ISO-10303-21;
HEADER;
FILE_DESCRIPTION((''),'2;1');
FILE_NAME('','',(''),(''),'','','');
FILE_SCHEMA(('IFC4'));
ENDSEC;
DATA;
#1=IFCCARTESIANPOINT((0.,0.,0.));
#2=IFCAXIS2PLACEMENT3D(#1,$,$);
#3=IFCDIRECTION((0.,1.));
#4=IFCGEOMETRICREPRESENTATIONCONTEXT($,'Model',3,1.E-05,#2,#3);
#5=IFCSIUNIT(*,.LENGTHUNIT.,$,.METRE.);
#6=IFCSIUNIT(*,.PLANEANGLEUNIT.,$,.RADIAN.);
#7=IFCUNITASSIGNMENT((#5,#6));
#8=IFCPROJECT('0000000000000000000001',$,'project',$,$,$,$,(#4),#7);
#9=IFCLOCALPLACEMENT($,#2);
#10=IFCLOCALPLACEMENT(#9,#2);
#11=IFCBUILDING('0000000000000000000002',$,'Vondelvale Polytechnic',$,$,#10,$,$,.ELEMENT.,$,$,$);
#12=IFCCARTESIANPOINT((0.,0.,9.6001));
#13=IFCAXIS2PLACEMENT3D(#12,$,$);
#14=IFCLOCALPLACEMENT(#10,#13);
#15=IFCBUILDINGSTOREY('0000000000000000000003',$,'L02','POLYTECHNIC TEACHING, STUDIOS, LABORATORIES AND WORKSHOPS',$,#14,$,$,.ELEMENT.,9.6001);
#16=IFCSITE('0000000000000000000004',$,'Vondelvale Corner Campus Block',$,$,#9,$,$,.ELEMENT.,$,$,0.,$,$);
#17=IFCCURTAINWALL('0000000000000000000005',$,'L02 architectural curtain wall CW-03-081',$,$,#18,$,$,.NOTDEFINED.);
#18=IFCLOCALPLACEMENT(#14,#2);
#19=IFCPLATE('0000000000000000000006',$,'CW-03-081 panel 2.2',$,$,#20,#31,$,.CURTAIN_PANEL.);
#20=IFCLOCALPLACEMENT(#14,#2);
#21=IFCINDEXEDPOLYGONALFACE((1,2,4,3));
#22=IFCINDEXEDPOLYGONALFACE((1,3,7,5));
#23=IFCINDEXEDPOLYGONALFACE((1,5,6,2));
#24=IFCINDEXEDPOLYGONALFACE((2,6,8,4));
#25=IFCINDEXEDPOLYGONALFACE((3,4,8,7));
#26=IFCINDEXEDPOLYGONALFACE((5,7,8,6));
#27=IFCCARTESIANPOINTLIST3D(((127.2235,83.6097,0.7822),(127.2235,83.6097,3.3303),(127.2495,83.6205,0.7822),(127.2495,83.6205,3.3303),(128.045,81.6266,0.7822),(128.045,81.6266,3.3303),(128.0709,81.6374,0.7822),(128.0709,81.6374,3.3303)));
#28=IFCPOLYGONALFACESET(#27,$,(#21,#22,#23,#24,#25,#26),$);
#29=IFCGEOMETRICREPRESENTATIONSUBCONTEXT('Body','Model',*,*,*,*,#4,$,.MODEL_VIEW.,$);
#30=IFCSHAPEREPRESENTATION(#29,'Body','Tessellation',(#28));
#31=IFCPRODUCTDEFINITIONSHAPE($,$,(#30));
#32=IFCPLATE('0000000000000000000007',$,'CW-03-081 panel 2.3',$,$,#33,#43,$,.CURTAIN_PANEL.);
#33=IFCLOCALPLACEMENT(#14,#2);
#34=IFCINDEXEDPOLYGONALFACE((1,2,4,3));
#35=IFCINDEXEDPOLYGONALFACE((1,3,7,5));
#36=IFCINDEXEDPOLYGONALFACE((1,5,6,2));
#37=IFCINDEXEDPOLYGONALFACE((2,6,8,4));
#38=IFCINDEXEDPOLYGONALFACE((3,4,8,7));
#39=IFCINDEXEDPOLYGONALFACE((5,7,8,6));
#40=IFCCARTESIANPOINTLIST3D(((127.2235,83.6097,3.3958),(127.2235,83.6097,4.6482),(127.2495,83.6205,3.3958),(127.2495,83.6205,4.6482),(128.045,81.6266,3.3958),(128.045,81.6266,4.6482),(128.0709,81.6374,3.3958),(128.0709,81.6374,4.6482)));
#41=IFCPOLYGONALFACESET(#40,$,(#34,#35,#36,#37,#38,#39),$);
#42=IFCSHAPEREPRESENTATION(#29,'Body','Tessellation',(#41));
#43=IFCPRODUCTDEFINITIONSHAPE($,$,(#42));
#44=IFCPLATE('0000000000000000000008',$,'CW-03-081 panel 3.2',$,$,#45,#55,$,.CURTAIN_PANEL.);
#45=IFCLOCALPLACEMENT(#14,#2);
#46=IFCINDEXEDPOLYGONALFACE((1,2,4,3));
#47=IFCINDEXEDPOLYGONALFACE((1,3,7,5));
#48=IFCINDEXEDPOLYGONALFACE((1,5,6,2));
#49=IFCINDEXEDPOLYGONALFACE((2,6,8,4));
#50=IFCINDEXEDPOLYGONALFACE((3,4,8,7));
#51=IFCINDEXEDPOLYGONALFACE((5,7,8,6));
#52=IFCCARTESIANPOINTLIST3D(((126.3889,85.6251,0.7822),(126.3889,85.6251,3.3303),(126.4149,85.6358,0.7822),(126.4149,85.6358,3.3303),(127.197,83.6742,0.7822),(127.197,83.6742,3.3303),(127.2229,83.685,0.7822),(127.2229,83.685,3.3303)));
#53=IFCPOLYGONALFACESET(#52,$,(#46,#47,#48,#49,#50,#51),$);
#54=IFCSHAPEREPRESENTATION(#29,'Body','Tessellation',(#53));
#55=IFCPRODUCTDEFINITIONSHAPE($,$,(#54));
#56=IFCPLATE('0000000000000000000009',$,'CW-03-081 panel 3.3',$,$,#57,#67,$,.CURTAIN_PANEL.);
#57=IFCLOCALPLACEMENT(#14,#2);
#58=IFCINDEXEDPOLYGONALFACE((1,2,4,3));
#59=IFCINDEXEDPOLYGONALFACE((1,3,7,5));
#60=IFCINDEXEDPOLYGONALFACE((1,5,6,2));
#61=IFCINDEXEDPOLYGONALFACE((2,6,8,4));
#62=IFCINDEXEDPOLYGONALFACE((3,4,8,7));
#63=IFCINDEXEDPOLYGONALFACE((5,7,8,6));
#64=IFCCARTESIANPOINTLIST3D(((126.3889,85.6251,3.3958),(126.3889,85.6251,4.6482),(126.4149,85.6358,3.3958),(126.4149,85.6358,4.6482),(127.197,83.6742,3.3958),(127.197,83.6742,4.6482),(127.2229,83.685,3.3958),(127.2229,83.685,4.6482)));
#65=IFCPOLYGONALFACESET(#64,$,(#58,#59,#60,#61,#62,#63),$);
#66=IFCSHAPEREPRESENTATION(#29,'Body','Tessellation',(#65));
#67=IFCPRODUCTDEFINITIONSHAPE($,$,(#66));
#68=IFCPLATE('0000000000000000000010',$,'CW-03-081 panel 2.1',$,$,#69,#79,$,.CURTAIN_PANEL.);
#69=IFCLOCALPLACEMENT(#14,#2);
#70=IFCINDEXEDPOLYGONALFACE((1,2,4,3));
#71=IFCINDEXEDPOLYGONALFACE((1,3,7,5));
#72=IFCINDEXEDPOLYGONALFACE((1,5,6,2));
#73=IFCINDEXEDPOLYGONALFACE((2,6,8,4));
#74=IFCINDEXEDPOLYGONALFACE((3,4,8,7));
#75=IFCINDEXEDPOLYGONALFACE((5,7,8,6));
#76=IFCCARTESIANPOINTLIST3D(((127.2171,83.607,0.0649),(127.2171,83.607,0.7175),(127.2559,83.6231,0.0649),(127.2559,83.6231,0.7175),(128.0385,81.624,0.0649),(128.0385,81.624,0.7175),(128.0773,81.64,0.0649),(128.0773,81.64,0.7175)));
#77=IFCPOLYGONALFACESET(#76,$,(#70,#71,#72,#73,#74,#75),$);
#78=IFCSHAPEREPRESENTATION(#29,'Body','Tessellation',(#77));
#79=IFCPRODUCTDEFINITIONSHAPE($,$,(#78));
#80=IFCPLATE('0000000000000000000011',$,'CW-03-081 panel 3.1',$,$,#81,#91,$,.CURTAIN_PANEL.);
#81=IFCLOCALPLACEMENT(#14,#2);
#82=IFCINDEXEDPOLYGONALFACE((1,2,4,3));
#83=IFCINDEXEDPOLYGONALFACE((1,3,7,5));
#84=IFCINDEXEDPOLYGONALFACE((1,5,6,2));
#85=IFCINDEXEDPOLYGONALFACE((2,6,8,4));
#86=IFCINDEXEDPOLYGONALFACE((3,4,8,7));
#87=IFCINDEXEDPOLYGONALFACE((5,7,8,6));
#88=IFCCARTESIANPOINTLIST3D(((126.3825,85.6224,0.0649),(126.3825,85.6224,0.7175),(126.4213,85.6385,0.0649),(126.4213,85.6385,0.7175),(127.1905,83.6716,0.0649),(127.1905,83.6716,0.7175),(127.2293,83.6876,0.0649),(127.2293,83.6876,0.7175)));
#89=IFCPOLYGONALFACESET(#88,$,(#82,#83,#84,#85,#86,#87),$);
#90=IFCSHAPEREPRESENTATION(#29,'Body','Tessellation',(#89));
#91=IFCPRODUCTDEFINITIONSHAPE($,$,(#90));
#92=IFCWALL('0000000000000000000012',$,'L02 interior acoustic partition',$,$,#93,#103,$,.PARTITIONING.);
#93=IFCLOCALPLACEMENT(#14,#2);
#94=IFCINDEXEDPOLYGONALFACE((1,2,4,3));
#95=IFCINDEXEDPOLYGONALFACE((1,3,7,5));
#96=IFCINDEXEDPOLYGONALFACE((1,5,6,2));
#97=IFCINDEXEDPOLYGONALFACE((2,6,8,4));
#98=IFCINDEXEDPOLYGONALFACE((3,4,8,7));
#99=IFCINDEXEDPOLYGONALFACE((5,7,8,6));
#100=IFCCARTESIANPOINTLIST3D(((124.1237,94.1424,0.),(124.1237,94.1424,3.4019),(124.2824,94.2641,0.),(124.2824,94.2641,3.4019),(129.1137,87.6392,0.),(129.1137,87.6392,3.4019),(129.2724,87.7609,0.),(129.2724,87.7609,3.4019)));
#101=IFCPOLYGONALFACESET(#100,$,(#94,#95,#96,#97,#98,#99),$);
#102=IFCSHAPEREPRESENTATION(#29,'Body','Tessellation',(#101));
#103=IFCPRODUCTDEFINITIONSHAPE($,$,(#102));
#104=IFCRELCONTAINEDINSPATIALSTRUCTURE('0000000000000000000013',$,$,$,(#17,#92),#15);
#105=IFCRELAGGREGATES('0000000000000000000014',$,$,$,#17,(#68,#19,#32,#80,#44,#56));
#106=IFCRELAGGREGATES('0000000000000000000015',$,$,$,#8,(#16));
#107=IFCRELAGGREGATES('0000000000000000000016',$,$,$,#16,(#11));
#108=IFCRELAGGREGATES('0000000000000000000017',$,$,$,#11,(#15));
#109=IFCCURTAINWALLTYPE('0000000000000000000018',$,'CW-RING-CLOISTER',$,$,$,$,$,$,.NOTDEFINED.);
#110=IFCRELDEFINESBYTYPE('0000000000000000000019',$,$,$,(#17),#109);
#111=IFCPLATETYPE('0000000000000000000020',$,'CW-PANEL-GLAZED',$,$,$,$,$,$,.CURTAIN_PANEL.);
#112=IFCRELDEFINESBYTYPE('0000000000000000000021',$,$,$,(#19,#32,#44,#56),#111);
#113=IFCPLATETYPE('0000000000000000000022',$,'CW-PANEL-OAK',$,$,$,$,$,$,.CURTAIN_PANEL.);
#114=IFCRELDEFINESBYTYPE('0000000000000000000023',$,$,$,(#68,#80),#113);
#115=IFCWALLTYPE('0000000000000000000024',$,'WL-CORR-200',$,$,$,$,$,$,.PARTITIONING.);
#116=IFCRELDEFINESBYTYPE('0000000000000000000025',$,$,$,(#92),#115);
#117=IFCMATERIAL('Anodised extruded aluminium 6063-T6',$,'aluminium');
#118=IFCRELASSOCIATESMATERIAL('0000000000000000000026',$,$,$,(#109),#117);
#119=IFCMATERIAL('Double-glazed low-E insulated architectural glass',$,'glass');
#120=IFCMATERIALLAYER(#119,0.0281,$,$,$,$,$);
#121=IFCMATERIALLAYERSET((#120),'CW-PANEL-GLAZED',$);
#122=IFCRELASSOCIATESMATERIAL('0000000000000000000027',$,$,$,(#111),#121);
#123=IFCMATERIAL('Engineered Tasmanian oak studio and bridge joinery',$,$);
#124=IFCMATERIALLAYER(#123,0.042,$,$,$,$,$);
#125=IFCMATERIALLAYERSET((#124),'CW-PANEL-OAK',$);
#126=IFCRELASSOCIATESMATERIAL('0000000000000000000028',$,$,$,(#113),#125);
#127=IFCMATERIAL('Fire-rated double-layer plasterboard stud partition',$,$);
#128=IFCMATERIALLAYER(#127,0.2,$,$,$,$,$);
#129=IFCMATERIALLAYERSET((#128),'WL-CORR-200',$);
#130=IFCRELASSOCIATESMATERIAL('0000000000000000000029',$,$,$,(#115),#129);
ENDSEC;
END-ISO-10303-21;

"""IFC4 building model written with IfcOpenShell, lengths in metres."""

from ifc_helpers import new_model, si_unit, direction, frame, frame_2d, origin, origin_2d, place, context, subcontext, project, spatial, rectangle, extrude, material, layer, layer_set, type_object, element, aggregate, save


model = new_model("IFC4")

# Units and contexts
model_context = context("Model", 3, precision=1e-05, world=origin(), true_north=direction((0.0, 1.0)))
body_context = subcontext(model_context, "Body", "Model", "MODEL_VIEW")
ifc_project = project(units=[si_unit("LENGTHUNIT", "METRE"), si_unit("PLANEANGLEUNIT", "RADIAN")], contexts=[model_context])

# Site, building, storey
site_placement = place(None, origin())
site = spatial("IfcSite", under=ifc_project, at=site_placement, Name="Vondelvale Corner Campus Block", CompositionType="ELEMENT", RefElevation=0.0)
building_placement = place(site_placement, origin())
building = spatial("IfcBuilding", under=site, at=building_placement, Name="Vondelvale Polytechnic", CompositionType="ELEMENT")
storey_placement = place(building_placement, frame((0.0, 0.0, 9.6001)))
storey = spatial("IfcBuildingStorey", under=building, at=storey_placement, Name="L02", Description="POLYTECHNIC TEACHING, STUDIOS, LABORATORIES AND WORKSHOPS", CompositionType="ELEMENT", Elevation=9.6001)

# Curtain wall
ifc_material_1 = material(Name="Anodised extruded aluminium 6063-T6", Category="aluminium")
curtain_wall_type = type_object("IfcCurtainWallType", Name="CW-RING-CLOISTER", PredefinedType="NOTDEFINED", material=ifc_material_1)
curtain_wall_placement = place(storey_placement, origin())
curtain_wall = element("IfcCurtainWall", 1, at=curtain_wall_placement, inside=storey, type_object=curtain_wall_type, Name="L02 architectural curtain wall CW-03-081", PredefinedType="NOTDEFINED")

# Plates
ifc_material_2 = material(Name="Double-glazed low-E insulated architectural glass", Category="glass")
ifc_layer_1 = layer(ifc_material_2, 0.0281)
ifc_layer_set_1 = layer_set([ifc_layer_1], Name="CW-PANEL-GLAZED")
plate_type_1 = type_object("IfcPlateType", Name="CW-PANEL-GLAZED", PredefinedType="CURTAIN_PANEL", material=ifc_layer_set_1)
plate_1_placement = place(storey_placement, frame((127.6472, 82.6235, 0.7822), z_axis=(0.0, 0.0, 1.0), x_axis=(-0.382679, 0.923882, 0.0)))
plate_1 = element("IfcPlate", 2, at=plate_1_placement, type_object=plate_type_1, Name="CW-03-081 panel 2.2", PredefinedType="CURTAIN_PANEL", context=body_context, shape_type="SweptSolid", body=[
    extrude(rectangle(XDim=2.1465, YDim=0.0281, at=origin_2d()), origin(), (0.0, 0.0, 1.0), 2.5481),
])
plate_2_placement = place(storey_placement, frame((127.6472, 82.6235, 3.3958), z_axis=(0.0, 0.0, 1.0), x_axis=(-0.382679, 0.923882, 0.0)))
plate_2 = element("IfcPlate", 3, at=plate_2_placement, type_object=plate_type_1, Name="CW-03-081 panel 2.3", PredefinedType="CURTAIN_PANEL", context=body_context, shape_type="SweptSolid", body=[
    extrude(rectangle(XDim=2.1465, YDim=0.0281, at=origin_2d()), origin(), (0.0, 0.0, 1.0), 1.2524),
])
plate_3_placement = place(storey_placement, frame((126.8059, 84.655, 0.7822), z_axis=(0.0, 0.0, 1.0), x_axis=(-0.382679, 0.923882, 0.0)))
plate_3 = element("IfcPlate", 4, at=plate_3_placement, type_object=plate_type_1, Name="CW-03-081 panel 3.2", PredefinedType="CURTAIN_PANEL", context=body_context, shape_type="SweptSolid", body=[
    extrude(rectangle(XDim=2.1116, YDim=0.0281, at=origin_2d()), origin(), (0.0, 0.0, 1.0), 2.5481),
])
plate_4_placement = place(storey_placement, frame((126.8059, 84.655, 3.3958), z_axis=(0.0, 0.0, 1.0), x_axis=(-0.382679, 0.923882, 0.0)))
plate_4 = element("IfcPlate", 5, at=plate_4_placement, type_object=plate_type_1, Name="CW-03-081 panel 3.3", PredefinedType="CURTAIN_PANEL", context=body_context, shape_type="SweptSolid", body=[
    extrude(rectangle(XDim=2.1116, YDim=0.0281, at=origin_2d()), origin(), (0.0, 0.0, 1.0), 1.2524),
])
ifc_material_3 = material(Name="Engineered Tasmanian oak studio and bridge joinery")
ifc_layer_2 = layer(ifc_material_3, 0.042)
ifc_layer_set_2 = layer_set([ifc_layer_2], Name="CW-PANEL-OAK")
plate_type_2 = type_object("IfcPlateType", Name="CW-PANEL-OAK", PredefinedType="CURTAIN_PANEL", material=ifc_layer_set_2)
plate_5_placement = place(storey_placement, frame((127.6472, 82.6235, 0.0649), z_axis=(0.0, 0.0, 1.0), x_axis=(-0.382679, 0.923882, 0.0)))
plate_5 = element("IfcPlate", 6, at=plate_5_placement, type_object=plate_type_2, Name="CW-03-081 panel 2.1", PredefinedType="CURTAIN_PANEL", context=body_context, shape_type="SweptSolid", body=[
    extrude(rectangle(XDim=2.1465, YDim=0.042, at=origin_2d()), origin(), (0.0, 0.0, 1.0), 0.6526),
])
plate_6_placement = place(storey_placement, frame((126.8059, 84.655, 0.0649), z_axis=(0.0, 0.0, 1.0), x_axis=(-0.382679, 0.923882, 0.0)))
plate_6 = element("IfcPlate", 7, at=plate_6_placement, type_object=plate_type_2, Name="CW-03-081 panel 3.1", PredefinedType="CURTAIN_PANEL", context=body_context, shape_type="SweptSolid", body=[
    extrude(rectangle(XDim=2.1116, YDim=0.042, at=origin_2d()), origin(), (0.0, 0.0, 1.0), 0.6526),
])
aggregate(curtain_wall, [plate_5, plate_1, plate_2, plate_6, plate_3, plate_4])

# Wall
ifc_material_4 = material(Name="Fire-rated double-layer plasterboard stud partition")
ifc_layer_3 = layer(ifc_material_4, 0.2)
ifc_layer_set_3 = layer_set([ifc_layer_3], Name="WL-CORR-200")
wall_type = type_object("IfcWallType", Name="WL-CORR-200", PredefinedType="PARTITIONING", material=ifc_layer_set_3)
wall_placement = place(storey_placement, frame((129.1931, 87.7, 0.0), z_axis=(0.0, 0.0, 1.0), x_axis=(-0.608756, 0.793357, 0.0)))
element("IfcWall", 8, at=wall_placement, inside=storey, type_object=wall_type, Name="L02 interior acoustic partition", PredefinedType="PARTITIONING", context=body_context, shape_type="SweptSolid", body=[
    extrude(rectangle(XDim=8.197, YDim=0.2, at=frame_2d((4.0986, 0.0))), origin(), (0.0, 0.0, 1.0), 3.4019),
])

save(model, "model.ifc")
